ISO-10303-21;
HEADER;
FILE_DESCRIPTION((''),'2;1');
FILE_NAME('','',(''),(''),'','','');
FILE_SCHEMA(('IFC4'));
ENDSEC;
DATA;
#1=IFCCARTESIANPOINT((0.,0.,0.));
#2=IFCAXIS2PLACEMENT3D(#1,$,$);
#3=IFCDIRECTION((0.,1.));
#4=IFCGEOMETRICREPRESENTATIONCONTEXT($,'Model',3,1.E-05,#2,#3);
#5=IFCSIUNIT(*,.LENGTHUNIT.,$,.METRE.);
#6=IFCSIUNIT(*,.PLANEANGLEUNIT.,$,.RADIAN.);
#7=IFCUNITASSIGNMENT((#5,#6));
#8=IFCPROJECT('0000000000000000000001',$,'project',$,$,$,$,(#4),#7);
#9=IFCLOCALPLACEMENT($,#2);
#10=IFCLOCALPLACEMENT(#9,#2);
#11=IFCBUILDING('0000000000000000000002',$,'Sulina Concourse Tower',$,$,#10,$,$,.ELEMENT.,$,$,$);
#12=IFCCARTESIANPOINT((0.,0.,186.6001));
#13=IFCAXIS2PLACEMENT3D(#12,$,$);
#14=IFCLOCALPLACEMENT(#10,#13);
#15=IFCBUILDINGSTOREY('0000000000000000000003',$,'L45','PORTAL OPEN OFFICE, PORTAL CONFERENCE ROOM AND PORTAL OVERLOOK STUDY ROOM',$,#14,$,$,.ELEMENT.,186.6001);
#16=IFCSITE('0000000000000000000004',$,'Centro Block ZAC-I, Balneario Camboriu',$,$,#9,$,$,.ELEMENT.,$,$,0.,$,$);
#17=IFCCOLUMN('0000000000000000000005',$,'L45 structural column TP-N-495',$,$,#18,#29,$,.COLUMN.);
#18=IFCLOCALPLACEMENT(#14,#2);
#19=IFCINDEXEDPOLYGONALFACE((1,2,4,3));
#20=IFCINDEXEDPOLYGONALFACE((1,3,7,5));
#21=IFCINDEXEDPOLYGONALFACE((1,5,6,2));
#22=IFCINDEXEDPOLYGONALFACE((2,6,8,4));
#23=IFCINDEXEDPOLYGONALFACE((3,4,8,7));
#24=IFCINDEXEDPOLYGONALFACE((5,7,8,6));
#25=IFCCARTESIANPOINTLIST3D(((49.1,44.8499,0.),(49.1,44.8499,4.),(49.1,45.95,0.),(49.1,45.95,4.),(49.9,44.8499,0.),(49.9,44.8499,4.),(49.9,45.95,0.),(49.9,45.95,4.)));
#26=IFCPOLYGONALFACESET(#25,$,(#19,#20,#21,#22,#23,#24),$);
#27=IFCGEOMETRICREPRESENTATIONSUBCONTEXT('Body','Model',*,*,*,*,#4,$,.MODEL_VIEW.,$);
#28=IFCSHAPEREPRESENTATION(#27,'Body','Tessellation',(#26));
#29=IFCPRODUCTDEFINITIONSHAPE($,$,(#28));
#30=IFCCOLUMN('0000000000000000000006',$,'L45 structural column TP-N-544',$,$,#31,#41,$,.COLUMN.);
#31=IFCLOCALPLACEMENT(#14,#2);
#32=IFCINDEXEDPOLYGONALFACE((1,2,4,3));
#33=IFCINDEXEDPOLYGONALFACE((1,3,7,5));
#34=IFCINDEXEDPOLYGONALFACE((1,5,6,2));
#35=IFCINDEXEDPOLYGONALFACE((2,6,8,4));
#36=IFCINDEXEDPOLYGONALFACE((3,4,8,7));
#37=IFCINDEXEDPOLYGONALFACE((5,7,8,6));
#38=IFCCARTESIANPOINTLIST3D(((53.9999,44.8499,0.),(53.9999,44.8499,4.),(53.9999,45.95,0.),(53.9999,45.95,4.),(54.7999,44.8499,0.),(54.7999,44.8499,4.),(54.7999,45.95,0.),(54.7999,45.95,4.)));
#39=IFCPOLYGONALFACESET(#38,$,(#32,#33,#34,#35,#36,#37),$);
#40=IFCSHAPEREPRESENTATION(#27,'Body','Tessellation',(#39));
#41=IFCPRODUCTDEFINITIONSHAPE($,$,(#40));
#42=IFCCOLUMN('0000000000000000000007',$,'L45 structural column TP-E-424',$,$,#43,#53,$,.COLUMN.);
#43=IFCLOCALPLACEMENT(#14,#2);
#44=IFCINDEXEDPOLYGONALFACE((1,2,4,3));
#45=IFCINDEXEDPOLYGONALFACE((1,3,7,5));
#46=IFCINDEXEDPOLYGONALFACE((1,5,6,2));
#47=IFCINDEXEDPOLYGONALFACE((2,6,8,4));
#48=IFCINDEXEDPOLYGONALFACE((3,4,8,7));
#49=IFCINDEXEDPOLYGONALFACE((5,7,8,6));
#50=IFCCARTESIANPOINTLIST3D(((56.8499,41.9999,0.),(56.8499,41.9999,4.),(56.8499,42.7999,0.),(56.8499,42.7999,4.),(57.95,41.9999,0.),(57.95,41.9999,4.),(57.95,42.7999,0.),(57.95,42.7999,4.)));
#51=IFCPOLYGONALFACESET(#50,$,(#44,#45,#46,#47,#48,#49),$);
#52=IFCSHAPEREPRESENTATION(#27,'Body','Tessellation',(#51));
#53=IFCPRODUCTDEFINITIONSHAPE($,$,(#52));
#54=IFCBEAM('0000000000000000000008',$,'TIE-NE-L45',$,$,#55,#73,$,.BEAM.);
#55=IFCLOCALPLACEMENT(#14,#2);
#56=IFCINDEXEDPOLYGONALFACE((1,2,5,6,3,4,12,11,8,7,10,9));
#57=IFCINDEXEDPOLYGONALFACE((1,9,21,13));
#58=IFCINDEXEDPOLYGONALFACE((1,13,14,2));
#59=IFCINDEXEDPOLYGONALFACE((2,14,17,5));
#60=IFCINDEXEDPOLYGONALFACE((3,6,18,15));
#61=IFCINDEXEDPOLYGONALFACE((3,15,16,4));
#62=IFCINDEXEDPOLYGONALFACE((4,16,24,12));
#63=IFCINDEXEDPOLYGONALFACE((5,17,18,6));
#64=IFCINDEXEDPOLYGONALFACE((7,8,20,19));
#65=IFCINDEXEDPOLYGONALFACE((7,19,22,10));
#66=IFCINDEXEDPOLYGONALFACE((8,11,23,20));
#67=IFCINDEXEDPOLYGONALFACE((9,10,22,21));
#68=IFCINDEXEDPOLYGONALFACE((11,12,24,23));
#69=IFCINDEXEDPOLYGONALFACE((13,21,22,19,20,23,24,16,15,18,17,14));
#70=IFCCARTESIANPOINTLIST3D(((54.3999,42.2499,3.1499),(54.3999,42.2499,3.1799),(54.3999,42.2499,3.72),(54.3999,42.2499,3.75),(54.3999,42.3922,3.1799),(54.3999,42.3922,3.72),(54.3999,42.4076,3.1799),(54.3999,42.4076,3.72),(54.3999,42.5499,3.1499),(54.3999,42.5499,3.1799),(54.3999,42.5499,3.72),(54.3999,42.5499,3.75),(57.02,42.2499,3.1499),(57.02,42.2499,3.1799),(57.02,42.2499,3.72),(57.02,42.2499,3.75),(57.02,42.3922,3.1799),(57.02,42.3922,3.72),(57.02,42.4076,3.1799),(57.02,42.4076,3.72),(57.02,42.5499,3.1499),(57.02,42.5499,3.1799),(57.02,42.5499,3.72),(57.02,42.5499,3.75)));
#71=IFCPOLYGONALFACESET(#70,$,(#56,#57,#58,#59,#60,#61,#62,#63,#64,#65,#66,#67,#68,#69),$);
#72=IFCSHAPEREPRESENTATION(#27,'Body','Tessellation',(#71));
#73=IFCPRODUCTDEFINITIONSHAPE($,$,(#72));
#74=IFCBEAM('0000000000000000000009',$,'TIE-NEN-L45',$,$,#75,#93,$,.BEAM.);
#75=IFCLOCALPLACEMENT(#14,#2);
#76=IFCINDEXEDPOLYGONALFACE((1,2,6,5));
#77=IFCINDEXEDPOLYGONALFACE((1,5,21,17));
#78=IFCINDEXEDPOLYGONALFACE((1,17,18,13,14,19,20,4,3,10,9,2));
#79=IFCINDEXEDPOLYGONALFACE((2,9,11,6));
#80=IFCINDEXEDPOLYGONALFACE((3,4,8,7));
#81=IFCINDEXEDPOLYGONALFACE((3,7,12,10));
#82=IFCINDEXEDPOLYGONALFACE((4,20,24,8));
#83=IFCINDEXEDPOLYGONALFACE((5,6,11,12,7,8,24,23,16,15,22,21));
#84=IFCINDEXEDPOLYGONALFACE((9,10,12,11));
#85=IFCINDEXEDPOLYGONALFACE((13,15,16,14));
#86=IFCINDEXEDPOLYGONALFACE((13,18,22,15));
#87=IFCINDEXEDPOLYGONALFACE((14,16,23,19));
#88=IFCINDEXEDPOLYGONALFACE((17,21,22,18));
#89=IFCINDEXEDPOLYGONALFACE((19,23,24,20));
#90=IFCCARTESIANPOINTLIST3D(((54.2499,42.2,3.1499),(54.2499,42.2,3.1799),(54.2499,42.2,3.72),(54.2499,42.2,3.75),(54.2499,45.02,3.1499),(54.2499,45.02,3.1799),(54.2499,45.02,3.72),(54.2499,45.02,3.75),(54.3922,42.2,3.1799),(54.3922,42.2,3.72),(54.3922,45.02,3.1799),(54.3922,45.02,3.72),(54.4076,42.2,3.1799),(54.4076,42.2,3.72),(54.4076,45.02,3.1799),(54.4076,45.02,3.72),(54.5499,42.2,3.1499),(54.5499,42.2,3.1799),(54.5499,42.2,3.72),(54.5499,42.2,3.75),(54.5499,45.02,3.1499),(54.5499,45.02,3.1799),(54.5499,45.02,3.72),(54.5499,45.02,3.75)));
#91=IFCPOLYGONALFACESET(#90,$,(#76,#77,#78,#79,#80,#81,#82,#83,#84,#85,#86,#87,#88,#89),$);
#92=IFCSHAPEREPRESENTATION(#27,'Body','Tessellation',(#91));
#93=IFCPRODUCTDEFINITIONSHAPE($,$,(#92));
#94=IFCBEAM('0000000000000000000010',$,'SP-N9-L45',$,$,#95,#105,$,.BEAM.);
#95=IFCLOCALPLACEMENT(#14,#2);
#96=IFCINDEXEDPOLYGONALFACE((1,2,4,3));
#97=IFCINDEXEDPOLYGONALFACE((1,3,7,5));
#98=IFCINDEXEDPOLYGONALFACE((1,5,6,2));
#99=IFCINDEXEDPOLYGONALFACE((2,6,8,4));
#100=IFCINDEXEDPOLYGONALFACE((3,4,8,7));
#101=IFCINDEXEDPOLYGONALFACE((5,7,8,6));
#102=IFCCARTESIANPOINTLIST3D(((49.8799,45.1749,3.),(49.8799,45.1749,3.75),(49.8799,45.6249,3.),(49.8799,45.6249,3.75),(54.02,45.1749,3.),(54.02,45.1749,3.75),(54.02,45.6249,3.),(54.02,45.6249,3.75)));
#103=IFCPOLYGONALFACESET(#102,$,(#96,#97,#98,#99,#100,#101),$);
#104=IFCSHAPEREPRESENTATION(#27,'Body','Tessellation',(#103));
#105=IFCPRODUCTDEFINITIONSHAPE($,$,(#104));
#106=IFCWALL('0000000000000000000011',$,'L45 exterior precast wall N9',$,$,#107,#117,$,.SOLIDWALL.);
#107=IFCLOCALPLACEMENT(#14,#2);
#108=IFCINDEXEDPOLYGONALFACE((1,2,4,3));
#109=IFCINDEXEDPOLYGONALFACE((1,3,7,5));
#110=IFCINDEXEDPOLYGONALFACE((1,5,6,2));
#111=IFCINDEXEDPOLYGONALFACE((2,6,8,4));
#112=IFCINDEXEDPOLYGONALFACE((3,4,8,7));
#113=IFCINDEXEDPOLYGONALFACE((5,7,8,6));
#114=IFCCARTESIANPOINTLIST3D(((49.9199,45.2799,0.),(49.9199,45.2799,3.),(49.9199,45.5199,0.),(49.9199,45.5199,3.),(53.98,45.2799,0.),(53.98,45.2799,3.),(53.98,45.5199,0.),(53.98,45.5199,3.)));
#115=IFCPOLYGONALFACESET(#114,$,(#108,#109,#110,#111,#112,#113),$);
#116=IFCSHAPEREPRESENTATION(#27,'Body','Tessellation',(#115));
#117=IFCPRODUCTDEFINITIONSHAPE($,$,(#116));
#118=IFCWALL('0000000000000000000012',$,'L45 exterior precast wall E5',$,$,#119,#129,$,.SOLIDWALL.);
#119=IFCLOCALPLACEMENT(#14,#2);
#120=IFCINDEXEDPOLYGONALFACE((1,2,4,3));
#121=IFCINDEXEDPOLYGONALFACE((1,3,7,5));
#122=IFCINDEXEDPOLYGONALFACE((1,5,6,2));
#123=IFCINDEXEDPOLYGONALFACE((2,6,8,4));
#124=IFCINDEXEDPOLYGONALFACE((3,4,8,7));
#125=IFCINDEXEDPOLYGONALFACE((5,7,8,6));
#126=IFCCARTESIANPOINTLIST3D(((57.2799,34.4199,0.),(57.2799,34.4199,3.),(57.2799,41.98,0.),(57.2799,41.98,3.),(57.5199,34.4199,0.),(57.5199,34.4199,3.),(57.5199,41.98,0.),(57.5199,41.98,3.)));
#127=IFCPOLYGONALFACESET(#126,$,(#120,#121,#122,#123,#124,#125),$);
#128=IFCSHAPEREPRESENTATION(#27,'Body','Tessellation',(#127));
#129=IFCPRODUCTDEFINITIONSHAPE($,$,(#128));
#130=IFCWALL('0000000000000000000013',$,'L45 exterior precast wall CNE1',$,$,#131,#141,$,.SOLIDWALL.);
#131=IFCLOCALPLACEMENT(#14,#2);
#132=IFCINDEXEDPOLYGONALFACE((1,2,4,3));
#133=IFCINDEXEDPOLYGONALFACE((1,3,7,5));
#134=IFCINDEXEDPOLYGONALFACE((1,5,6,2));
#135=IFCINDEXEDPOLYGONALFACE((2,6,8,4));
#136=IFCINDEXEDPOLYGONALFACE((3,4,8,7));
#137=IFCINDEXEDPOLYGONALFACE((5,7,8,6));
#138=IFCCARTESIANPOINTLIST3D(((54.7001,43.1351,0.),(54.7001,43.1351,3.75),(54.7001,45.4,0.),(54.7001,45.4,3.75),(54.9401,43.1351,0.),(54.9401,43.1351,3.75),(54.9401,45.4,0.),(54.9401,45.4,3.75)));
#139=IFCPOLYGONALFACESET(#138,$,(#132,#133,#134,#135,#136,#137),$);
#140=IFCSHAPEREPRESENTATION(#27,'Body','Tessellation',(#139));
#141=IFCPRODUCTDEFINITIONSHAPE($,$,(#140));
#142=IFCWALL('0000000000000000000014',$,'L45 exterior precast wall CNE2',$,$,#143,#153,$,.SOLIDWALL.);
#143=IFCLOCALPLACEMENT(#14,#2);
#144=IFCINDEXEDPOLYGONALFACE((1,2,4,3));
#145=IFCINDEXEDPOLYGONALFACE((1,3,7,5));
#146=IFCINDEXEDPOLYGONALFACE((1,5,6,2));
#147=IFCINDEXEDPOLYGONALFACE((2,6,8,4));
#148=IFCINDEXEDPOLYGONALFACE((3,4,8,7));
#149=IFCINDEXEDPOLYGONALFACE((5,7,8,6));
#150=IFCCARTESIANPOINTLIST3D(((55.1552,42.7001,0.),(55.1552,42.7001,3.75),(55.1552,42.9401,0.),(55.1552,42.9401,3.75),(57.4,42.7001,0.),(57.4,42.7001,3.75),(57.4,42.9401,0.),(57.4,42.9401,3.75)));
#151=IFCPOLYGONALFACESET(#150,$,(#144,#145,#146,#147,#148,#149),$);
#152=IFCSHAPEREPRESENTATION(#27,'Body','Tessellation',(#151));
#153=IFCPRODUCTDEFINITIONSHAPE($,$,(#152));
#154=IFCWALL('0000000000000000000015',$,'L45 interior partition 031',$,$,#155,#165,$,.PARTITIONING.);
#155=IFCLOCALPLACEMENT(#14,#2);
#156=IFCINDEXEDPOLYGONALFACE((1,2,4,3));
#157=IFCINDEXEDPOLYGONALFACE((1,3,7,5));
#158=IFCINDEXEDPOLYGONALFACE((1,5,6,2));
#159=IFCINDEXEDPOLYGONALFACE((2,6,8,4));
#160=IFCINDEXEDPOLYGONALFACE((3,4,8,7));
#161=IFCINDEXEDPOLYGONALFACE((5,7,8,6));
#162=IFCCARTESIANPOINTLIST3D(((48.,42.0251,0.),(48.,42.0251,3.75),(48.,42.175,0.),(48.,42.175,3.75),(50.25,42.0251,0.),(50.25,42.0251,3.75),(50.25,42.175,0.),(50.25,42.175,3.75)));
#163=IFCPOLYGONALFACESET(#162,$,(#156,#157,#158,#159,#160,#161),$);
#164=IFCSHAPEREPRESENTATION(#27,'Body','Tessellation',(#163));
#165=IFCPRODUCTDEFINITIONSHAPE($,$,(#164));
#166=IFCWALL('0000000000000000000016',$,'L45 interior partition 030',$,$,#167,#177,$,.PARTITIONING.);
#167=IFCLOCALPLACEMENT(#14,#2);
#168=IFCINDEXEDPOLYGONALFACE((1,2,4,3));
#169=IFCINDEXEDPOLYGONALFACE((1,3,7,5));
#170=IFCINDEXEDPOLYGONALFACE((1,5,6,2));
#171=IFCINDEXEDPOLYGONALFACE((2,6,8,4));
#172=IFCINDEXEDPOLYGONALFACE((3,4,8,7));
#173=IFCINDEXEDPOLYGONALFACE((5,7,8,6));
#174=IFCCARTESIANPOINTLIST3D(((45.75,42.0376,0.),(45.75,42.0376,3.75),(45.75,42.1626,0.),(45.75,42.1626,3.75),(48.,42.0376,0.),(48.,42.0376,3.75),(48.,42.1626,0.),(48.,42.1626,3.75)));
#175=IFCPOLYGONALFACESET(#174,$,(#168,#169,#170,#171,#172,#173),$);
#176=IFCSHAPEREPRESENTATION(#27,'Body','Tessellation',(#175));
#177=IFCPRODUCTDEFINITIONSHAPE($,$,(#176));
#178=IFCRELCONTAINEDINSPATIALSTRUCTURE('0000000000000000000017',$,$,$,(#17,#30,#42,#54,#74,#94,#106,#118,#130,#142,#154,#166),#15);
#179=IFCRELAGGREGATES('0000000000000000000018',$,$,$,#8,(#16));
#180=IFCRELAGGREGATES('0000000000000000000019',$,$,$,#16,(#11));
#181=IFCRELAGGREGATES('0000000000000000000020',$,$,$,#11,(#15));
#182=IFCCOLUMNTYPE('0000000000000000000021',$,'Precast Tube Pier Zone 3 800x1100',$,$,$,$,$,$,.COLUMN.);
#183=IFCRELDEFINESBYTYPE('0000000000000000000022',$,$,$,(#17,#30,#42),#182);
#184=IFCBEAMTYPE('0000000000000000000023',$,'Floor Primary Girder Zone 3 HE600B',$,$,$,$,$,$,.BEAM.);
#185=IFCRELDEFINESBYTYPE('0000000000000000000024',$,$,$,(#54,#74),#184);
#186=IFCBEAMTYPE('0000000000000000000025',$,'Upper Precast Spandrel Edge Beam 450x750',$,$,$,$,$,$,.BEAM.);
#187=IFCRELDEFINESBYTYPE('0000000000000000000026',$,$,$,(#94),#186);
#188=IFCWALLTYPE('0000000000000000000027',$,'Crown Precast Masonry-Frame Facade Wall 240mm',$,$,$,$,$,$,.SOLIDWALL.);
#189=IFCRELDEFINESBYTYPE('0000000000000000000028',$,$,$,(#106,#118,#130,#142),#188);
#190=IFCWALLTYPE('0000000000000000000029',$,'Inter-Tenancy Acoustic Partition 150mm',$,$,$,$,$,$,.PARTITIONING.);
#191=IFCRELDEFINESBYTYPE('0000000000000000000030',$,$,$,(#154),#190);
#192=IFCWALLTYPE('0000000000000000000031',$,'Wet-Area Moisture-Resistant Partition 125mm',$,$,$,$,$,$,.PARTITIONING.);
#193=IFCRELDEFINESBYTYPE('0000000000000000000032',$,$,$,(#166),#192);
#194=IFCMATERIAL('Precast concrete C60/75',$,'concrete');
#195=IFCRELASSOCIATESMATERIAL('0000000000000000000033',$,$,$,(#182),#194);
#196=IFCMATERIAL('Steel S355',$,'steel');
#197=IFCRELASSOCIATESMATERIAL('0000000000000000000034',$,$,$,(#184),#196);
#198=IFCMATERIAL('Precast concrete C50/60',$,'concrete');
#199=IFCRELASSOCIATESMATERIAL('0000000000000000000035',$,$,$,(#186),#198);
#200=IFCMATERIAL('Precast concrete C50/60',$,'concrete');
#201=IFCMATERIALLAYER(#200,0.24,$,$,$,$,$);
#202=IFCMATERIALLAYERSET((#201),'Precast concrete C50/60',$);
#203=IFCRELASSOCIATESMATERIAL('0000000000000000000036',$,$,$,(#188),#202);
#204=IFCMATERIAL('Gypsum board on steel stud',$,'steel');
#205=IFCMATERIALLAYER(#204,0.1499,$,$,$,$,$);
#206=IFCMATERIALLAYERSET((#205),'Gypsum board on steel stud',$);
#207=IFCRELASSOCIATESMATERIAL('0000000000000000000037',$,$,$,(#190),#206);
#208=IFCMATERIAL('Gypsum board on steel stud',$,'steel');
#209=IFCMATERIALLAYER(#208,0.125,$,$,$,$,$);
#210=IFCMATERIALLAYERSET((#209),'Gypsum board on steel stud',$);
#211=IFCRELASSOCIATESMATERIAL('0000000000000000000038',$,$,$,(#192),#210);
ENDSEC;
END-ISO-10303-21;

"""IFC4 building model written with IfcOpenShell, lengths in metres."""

from ifc_helpers import new_model, si_unit, direction, frame, frame_2d, origin, origin_2d, place, context, subcontext, project, spatial, rectangle, i_section, extrude, material, layer, layer_set, material_profile, profile_set, type_object, element, save


model = new_model("IFC4")

# Units and contexts
model_context = context("Model", 3, precision=1e-05, world=origin(), true_north=direction((0.0, 1.0)))
body_context = subcontext(model_context, "Body", "Model", "MODEL_VIEW")
ifc_project = project(units=[si_unit("LENGTHUNIT", "METRE"), si_unit("PLANEANGLEUNIT", "RADIAN")], contexts=[model_context])

# Site, building, storey
site_placement = place(None, origin())
site = spatial("IfcSite", under=ifc_project, at=site_placement, Name="Centro Block ZAC-I, Balneario Camboriu", CompositionType="ELEMENT", RefElevation=0.0)
building_placement = place(site_placement, origin())
building = spatial("IfcBuilding", under=site, at=building_placement, Name="Sulina Concourse Tower", CompositionType="ELEMENT")
storey_placement = place(building_placement, frame((0.0, 0.0, 186.6001)))
storey = spatial("IfcBuildingStorey", under=building, at=storey_placement, Name="L45", Description="PORTAL OPEN OFFICE, PORTAL CONFERENCE ROOM AND PORTAL OVERLOOK STUDY ROOM", CompositionType="ELEMENT", Elevation=186.6001)

# Columns
ifc_material_1 = material(Name="Precast concrete C60/75", Category="concrete")
ifc_material_profile_1 = material_profile(ifc_material_1, rectangle(XDim=0.8, YDim=1.1001, at=origin_2d()), Name="PC 800x1100")
ifc_profile_set_1 = profile_set([ifc_material_profile_1], Name="Precast concrete C60/75")
column_type = type_object("IfcColumnType", Name="Precast Tube Pier Zone 3 800x1100", PredefinedType="COLUMN", material=ifc_profile_set_1)
for number, where, z_axis, x_axis, name in (
    (1, (49.5, 45.3999, 0.0), (0.0, 0.0, 1.0), (1.0, 0.0, 0.0), "L45 structural column TP-N-495"),
    (2, (54.3999, 45.3999, 0.0), (0.0, 0.0, 1.0), (1.0, 0.0, 0.0), "L45 structural column TP-N-544"),
    (3, (57.3999, 42.3999, 0.0), (0.0, 0.0, 1.0), (0.0, 1.0, 0.0), "L45 structural column TP-E-424"),
):
    element("IfcColumn", number, at=place(storey_placement, frame(where, z_axis=z_axis, x_axis=x_axis)), inside=storey, type_object=column_type, Name=name, PredefinedType="COLUMN", context=body_context, shape_type="SweptSolid", body=[
        extrude(rectangle(XDim=0.8, YDim=1.1001, at=origin_2d()), origin(), (0.0, 0.0, 1.0), 4.0),
    ])

# Beams
ifc_material_2 = material(Name="Steel S355", Category="steel")
ifc_material_profile_2 = material_profile(ifc_material_2, i_section(OverallWidth=0.3, OverallDepth=0.6001, WebThickness=0.0154, FlangeThickness=0.03, at=origin_2d()), Name="HE 600 B")
ifc_profile_set_2 = profile_set([ifc_material_profile_2], Name="Steel S355")
beam_type_1 = type_object("IfcBeamType", Name="Floor Primary Girder Zone 3 HE600B", PredefinedType="BEAM", material=ifc_profile_set_2)
beam_1_placement = place(storey_placement, frame((54.3999, 42.3999, 3.45), z_axis=(1.0, 0.0, 0.0), x_axis=(0.0, 1.0, 0.0)))
element("IfcBeam", 4, at=beam_1_placement, inside=storey, type_object=beam_type_1, Name="TIE-NE-L45", PredefinedType="BEAM", context=body_context, shape_type="SweptSolid", body=[
    extrude(i_section(OverallWidth=0.3, OverallDepth=0.6001, WebThickness=0.0154, FlangeThickness=0.03, at=origin_2d()), origin(), (0.0, 0.0, 1.0), 2.6201),
])
beam_2_placement = place(storey_placement, frame((54.3999, 42.2, 3.45), z_axis=(0.0, 1.0, 0.0), x_axis=(-1.0, 0.0, 0.0)))
element("IfcBeam", 5, at=beam_2_placement, inside=storey, type_object=beam_type_1, Name="TIE-NEN-L45", PredefinedType="BEAM", context=body_context, shape_type="SweptSolid", body=[
    extrude(i_section(OverallWidth=0.3, OverallDepth=0.6001, WebThickness=0.0154, FlangeThickness=0.03, at=origin_2d()), origin(), (0.0, 0.0, 1.0), 2.8201),
])
ifc_material_3 = material(Name="Precast concrete C50/60", Category="concrete")
ifc_material_profile_3 = material_profile(ifc_material_3, rectangle(XDim=0.45, YDim=0.75, at=origin_2d()), Name="RC 450x750")
ifc_profile_set_3 = profile_set([ifc_material_profile_3], Name="Precast concrete C50/60")
beam_type_2 = type_object("IfcBeamType", Name="Upper Precast Spandrel Edge Beam 450x750", PredefinedType="BEAM", material=ifc_profile_set_3)
beam_3_placement = place(storey_placement, frame((49.8799, 45.3999, 3.375), z_axis=(1.0, 0.0, 0.0), x_axis=(0.0, 1.0, 0.0)))
element("IfcBeam", 6, at=beam_3_placement, inside=storey, type_object=beam_type_2, Name="SP-N9-L45", PredefinedType="BEAM", context=body_context, shape_type="SweptSolid", body=[
    extrude(rectangle(XDim=0.45, YDim=0.75, at=origin_2d()), origin(), (0.0, 0.0, 1.0), 4.1401),
])

# Walls
ifc_material_4 = material(Name="Precast concrete C50/60", Category="concrete")
ifc_layer_1 = layer(ifc_material_4, 0.24)
ifc_layer_set_1 = layer_set([ifc_layer_1], Name="Precast concrete C50/60")
wall_type_1 = type_object("IfcWallType", Name="Crown Precast Masonry-Frame Facade Wall 240mm", PredefinedType="SOLIDWALL", material=ifc_layer_set_1)
wall_1_placement = place(storey_placement, frame((49.9199, 45.3999, 0.0), z_axis=(0.0, 0.0, 1.0), x_axis=(1.0, 0.0, 0.0)))
element("IfcWall", 7, at=wall_1_placement, inside=storey, type_object=wall_type_1, Name="L45 exterior precast wall N9", PredefinedType="SOLIDWALL", context=body_context, shape_type="SweptSolid", body=[
    extrude(rectangle(XDim=4.0601, YDim=0.24, at=frame_2d((2.03, 0.0))), origin(), (0.0, 0.0, 1.0), 3.0),
])
wall_2_placement = place(storey_placement, frame((57.3999, 41.98, 0.0), z_axis=(0.0, 0.0, 1.0), x_axis=(0.0, -1.0, 0.0)))
element("IfcWall", 8, at=wall_2_placement, inside=storey, type_object=wall_type_1, Name="L45 exterior precast wall E5", PredefinedType="SOLIDWALL", context=body_context, shape_type="SweptSolid", body=[
    extrude(rectangle(XDim=7.5601, YDim=0.24, at=frame_2d((3.78, 0.0))), origin(), (0.0, 0.0, 1.0), 3.0),
])
wall_3_placement = place(storey_placement, frame((54.8201, 45.3999, 0.0), z_axis=(0.0, 0.0, 1.0), x_axis=(0.0, -1.0, 0.0)))
element("IfcWall", 9, at=wall_3_placement, inside=storey, type_object=wall_type_1, Name="L45 exterior precast wall CNE1", PredefinedType="SOLIDWALL", context=body_context, shape_type="SweptSolid", body=[
    extrude(rectangle(XDim=2.2649, YDim=0.24, at=frame_2d((1.1323, 0.0))), origin(), (0.0, 0.0, 1.0), 3.75),
])
wall_4_placement = place(storey_placement, frame((55.155, 42.8201, 0.0), z_axis=(0.0, 0.0, 1.0), x_axis=(1.0, 0.0, 0.0)))
element("IfcWall", 10, at=wall_4_placement, inside=storey, type_object=wall_type_1, Name="L45 exterior precast wall CNE2", PredefinedType="SOLIDWALL", context=body_context, shape_type="SweptSolid", body=[
    extrude(rectangle(XDim=2.2449, YDim=0.24, at=frame_2d((1.1226, 0.0))), origin(), (0.0, 0.0, 1.0), 3.75),
])
ifc_material_5 = material(Name="Gypsum board on steel stud", Category="steel")
ifc_layer_2 = layer(ifc_material_5, 0.1499)
ifc_layer_set_2 = layer_set([ifc_layer_2], Name="Gypsum board on steel stud")
wall_type_2 = type_object("IfcWallType", Name="Inter-Tenancy Acoustic Partition 150mm", PredefinedType="PARTITIONING", material=ifc_layer_set_2)
wall_5_placement = place(storey_placement, frame((48.0, 42.1001, 0.0), z_axis=(0.0, 0.0, 1.0), x_axis=(1.0, 0.0, 0.0)))
element("IfcWall", 11, at=wall_5_placement, inside=storey, type_object=wall_type_2, Name="L45 interior partition 031", PredefinedType="PARTITIONING", context=body_context, shape_type="SweptSolid", body=[
    extrude(rectangle(XDim=2.25, YDim=0.1499, at=frame_2d((1.125, 0.0))), origin(), (0.0, 0.0, 1.0), 3.75),
])
ifc_material_6 = material(Name="Gypsum board on steel stud", Category="steel")
ifc_layer_3 = layer(ifc_material_6, 0.125)
ifc_layer_set_3 = layer_set([ifc_layer_3], Name="Gypsum board on steel stud")
wall_type_3 = type_object("IfcWallType", Name="Wet-Area Moisture-Resistant Partition 125mm", PredefinedType="PARTITIONING", material=ifc_layer_set_3)
wall_6_placement = place(storey_placement, frame((45.75, 42.1001, 0.0), z_axis=(0.0, 0.0, 1.0), x_axis=(1.0, 0.0, 0.0)))
element("IfcWall", 12, at=wall_6_placement, inside=storey, type_object=wall_type_3, Name="L45 interior partition 030", PredefinedType="PARTITIONING", context=body_context, shape_type="SweptSolid", body=[
    extrude(rectangle(XDim=2.25, YDim=0.125, at=frame_2d((1.125, 0.0))), origin(), (0.0, 0.0, 1.0), 3.75),
])

save(model, "model.ifc")
